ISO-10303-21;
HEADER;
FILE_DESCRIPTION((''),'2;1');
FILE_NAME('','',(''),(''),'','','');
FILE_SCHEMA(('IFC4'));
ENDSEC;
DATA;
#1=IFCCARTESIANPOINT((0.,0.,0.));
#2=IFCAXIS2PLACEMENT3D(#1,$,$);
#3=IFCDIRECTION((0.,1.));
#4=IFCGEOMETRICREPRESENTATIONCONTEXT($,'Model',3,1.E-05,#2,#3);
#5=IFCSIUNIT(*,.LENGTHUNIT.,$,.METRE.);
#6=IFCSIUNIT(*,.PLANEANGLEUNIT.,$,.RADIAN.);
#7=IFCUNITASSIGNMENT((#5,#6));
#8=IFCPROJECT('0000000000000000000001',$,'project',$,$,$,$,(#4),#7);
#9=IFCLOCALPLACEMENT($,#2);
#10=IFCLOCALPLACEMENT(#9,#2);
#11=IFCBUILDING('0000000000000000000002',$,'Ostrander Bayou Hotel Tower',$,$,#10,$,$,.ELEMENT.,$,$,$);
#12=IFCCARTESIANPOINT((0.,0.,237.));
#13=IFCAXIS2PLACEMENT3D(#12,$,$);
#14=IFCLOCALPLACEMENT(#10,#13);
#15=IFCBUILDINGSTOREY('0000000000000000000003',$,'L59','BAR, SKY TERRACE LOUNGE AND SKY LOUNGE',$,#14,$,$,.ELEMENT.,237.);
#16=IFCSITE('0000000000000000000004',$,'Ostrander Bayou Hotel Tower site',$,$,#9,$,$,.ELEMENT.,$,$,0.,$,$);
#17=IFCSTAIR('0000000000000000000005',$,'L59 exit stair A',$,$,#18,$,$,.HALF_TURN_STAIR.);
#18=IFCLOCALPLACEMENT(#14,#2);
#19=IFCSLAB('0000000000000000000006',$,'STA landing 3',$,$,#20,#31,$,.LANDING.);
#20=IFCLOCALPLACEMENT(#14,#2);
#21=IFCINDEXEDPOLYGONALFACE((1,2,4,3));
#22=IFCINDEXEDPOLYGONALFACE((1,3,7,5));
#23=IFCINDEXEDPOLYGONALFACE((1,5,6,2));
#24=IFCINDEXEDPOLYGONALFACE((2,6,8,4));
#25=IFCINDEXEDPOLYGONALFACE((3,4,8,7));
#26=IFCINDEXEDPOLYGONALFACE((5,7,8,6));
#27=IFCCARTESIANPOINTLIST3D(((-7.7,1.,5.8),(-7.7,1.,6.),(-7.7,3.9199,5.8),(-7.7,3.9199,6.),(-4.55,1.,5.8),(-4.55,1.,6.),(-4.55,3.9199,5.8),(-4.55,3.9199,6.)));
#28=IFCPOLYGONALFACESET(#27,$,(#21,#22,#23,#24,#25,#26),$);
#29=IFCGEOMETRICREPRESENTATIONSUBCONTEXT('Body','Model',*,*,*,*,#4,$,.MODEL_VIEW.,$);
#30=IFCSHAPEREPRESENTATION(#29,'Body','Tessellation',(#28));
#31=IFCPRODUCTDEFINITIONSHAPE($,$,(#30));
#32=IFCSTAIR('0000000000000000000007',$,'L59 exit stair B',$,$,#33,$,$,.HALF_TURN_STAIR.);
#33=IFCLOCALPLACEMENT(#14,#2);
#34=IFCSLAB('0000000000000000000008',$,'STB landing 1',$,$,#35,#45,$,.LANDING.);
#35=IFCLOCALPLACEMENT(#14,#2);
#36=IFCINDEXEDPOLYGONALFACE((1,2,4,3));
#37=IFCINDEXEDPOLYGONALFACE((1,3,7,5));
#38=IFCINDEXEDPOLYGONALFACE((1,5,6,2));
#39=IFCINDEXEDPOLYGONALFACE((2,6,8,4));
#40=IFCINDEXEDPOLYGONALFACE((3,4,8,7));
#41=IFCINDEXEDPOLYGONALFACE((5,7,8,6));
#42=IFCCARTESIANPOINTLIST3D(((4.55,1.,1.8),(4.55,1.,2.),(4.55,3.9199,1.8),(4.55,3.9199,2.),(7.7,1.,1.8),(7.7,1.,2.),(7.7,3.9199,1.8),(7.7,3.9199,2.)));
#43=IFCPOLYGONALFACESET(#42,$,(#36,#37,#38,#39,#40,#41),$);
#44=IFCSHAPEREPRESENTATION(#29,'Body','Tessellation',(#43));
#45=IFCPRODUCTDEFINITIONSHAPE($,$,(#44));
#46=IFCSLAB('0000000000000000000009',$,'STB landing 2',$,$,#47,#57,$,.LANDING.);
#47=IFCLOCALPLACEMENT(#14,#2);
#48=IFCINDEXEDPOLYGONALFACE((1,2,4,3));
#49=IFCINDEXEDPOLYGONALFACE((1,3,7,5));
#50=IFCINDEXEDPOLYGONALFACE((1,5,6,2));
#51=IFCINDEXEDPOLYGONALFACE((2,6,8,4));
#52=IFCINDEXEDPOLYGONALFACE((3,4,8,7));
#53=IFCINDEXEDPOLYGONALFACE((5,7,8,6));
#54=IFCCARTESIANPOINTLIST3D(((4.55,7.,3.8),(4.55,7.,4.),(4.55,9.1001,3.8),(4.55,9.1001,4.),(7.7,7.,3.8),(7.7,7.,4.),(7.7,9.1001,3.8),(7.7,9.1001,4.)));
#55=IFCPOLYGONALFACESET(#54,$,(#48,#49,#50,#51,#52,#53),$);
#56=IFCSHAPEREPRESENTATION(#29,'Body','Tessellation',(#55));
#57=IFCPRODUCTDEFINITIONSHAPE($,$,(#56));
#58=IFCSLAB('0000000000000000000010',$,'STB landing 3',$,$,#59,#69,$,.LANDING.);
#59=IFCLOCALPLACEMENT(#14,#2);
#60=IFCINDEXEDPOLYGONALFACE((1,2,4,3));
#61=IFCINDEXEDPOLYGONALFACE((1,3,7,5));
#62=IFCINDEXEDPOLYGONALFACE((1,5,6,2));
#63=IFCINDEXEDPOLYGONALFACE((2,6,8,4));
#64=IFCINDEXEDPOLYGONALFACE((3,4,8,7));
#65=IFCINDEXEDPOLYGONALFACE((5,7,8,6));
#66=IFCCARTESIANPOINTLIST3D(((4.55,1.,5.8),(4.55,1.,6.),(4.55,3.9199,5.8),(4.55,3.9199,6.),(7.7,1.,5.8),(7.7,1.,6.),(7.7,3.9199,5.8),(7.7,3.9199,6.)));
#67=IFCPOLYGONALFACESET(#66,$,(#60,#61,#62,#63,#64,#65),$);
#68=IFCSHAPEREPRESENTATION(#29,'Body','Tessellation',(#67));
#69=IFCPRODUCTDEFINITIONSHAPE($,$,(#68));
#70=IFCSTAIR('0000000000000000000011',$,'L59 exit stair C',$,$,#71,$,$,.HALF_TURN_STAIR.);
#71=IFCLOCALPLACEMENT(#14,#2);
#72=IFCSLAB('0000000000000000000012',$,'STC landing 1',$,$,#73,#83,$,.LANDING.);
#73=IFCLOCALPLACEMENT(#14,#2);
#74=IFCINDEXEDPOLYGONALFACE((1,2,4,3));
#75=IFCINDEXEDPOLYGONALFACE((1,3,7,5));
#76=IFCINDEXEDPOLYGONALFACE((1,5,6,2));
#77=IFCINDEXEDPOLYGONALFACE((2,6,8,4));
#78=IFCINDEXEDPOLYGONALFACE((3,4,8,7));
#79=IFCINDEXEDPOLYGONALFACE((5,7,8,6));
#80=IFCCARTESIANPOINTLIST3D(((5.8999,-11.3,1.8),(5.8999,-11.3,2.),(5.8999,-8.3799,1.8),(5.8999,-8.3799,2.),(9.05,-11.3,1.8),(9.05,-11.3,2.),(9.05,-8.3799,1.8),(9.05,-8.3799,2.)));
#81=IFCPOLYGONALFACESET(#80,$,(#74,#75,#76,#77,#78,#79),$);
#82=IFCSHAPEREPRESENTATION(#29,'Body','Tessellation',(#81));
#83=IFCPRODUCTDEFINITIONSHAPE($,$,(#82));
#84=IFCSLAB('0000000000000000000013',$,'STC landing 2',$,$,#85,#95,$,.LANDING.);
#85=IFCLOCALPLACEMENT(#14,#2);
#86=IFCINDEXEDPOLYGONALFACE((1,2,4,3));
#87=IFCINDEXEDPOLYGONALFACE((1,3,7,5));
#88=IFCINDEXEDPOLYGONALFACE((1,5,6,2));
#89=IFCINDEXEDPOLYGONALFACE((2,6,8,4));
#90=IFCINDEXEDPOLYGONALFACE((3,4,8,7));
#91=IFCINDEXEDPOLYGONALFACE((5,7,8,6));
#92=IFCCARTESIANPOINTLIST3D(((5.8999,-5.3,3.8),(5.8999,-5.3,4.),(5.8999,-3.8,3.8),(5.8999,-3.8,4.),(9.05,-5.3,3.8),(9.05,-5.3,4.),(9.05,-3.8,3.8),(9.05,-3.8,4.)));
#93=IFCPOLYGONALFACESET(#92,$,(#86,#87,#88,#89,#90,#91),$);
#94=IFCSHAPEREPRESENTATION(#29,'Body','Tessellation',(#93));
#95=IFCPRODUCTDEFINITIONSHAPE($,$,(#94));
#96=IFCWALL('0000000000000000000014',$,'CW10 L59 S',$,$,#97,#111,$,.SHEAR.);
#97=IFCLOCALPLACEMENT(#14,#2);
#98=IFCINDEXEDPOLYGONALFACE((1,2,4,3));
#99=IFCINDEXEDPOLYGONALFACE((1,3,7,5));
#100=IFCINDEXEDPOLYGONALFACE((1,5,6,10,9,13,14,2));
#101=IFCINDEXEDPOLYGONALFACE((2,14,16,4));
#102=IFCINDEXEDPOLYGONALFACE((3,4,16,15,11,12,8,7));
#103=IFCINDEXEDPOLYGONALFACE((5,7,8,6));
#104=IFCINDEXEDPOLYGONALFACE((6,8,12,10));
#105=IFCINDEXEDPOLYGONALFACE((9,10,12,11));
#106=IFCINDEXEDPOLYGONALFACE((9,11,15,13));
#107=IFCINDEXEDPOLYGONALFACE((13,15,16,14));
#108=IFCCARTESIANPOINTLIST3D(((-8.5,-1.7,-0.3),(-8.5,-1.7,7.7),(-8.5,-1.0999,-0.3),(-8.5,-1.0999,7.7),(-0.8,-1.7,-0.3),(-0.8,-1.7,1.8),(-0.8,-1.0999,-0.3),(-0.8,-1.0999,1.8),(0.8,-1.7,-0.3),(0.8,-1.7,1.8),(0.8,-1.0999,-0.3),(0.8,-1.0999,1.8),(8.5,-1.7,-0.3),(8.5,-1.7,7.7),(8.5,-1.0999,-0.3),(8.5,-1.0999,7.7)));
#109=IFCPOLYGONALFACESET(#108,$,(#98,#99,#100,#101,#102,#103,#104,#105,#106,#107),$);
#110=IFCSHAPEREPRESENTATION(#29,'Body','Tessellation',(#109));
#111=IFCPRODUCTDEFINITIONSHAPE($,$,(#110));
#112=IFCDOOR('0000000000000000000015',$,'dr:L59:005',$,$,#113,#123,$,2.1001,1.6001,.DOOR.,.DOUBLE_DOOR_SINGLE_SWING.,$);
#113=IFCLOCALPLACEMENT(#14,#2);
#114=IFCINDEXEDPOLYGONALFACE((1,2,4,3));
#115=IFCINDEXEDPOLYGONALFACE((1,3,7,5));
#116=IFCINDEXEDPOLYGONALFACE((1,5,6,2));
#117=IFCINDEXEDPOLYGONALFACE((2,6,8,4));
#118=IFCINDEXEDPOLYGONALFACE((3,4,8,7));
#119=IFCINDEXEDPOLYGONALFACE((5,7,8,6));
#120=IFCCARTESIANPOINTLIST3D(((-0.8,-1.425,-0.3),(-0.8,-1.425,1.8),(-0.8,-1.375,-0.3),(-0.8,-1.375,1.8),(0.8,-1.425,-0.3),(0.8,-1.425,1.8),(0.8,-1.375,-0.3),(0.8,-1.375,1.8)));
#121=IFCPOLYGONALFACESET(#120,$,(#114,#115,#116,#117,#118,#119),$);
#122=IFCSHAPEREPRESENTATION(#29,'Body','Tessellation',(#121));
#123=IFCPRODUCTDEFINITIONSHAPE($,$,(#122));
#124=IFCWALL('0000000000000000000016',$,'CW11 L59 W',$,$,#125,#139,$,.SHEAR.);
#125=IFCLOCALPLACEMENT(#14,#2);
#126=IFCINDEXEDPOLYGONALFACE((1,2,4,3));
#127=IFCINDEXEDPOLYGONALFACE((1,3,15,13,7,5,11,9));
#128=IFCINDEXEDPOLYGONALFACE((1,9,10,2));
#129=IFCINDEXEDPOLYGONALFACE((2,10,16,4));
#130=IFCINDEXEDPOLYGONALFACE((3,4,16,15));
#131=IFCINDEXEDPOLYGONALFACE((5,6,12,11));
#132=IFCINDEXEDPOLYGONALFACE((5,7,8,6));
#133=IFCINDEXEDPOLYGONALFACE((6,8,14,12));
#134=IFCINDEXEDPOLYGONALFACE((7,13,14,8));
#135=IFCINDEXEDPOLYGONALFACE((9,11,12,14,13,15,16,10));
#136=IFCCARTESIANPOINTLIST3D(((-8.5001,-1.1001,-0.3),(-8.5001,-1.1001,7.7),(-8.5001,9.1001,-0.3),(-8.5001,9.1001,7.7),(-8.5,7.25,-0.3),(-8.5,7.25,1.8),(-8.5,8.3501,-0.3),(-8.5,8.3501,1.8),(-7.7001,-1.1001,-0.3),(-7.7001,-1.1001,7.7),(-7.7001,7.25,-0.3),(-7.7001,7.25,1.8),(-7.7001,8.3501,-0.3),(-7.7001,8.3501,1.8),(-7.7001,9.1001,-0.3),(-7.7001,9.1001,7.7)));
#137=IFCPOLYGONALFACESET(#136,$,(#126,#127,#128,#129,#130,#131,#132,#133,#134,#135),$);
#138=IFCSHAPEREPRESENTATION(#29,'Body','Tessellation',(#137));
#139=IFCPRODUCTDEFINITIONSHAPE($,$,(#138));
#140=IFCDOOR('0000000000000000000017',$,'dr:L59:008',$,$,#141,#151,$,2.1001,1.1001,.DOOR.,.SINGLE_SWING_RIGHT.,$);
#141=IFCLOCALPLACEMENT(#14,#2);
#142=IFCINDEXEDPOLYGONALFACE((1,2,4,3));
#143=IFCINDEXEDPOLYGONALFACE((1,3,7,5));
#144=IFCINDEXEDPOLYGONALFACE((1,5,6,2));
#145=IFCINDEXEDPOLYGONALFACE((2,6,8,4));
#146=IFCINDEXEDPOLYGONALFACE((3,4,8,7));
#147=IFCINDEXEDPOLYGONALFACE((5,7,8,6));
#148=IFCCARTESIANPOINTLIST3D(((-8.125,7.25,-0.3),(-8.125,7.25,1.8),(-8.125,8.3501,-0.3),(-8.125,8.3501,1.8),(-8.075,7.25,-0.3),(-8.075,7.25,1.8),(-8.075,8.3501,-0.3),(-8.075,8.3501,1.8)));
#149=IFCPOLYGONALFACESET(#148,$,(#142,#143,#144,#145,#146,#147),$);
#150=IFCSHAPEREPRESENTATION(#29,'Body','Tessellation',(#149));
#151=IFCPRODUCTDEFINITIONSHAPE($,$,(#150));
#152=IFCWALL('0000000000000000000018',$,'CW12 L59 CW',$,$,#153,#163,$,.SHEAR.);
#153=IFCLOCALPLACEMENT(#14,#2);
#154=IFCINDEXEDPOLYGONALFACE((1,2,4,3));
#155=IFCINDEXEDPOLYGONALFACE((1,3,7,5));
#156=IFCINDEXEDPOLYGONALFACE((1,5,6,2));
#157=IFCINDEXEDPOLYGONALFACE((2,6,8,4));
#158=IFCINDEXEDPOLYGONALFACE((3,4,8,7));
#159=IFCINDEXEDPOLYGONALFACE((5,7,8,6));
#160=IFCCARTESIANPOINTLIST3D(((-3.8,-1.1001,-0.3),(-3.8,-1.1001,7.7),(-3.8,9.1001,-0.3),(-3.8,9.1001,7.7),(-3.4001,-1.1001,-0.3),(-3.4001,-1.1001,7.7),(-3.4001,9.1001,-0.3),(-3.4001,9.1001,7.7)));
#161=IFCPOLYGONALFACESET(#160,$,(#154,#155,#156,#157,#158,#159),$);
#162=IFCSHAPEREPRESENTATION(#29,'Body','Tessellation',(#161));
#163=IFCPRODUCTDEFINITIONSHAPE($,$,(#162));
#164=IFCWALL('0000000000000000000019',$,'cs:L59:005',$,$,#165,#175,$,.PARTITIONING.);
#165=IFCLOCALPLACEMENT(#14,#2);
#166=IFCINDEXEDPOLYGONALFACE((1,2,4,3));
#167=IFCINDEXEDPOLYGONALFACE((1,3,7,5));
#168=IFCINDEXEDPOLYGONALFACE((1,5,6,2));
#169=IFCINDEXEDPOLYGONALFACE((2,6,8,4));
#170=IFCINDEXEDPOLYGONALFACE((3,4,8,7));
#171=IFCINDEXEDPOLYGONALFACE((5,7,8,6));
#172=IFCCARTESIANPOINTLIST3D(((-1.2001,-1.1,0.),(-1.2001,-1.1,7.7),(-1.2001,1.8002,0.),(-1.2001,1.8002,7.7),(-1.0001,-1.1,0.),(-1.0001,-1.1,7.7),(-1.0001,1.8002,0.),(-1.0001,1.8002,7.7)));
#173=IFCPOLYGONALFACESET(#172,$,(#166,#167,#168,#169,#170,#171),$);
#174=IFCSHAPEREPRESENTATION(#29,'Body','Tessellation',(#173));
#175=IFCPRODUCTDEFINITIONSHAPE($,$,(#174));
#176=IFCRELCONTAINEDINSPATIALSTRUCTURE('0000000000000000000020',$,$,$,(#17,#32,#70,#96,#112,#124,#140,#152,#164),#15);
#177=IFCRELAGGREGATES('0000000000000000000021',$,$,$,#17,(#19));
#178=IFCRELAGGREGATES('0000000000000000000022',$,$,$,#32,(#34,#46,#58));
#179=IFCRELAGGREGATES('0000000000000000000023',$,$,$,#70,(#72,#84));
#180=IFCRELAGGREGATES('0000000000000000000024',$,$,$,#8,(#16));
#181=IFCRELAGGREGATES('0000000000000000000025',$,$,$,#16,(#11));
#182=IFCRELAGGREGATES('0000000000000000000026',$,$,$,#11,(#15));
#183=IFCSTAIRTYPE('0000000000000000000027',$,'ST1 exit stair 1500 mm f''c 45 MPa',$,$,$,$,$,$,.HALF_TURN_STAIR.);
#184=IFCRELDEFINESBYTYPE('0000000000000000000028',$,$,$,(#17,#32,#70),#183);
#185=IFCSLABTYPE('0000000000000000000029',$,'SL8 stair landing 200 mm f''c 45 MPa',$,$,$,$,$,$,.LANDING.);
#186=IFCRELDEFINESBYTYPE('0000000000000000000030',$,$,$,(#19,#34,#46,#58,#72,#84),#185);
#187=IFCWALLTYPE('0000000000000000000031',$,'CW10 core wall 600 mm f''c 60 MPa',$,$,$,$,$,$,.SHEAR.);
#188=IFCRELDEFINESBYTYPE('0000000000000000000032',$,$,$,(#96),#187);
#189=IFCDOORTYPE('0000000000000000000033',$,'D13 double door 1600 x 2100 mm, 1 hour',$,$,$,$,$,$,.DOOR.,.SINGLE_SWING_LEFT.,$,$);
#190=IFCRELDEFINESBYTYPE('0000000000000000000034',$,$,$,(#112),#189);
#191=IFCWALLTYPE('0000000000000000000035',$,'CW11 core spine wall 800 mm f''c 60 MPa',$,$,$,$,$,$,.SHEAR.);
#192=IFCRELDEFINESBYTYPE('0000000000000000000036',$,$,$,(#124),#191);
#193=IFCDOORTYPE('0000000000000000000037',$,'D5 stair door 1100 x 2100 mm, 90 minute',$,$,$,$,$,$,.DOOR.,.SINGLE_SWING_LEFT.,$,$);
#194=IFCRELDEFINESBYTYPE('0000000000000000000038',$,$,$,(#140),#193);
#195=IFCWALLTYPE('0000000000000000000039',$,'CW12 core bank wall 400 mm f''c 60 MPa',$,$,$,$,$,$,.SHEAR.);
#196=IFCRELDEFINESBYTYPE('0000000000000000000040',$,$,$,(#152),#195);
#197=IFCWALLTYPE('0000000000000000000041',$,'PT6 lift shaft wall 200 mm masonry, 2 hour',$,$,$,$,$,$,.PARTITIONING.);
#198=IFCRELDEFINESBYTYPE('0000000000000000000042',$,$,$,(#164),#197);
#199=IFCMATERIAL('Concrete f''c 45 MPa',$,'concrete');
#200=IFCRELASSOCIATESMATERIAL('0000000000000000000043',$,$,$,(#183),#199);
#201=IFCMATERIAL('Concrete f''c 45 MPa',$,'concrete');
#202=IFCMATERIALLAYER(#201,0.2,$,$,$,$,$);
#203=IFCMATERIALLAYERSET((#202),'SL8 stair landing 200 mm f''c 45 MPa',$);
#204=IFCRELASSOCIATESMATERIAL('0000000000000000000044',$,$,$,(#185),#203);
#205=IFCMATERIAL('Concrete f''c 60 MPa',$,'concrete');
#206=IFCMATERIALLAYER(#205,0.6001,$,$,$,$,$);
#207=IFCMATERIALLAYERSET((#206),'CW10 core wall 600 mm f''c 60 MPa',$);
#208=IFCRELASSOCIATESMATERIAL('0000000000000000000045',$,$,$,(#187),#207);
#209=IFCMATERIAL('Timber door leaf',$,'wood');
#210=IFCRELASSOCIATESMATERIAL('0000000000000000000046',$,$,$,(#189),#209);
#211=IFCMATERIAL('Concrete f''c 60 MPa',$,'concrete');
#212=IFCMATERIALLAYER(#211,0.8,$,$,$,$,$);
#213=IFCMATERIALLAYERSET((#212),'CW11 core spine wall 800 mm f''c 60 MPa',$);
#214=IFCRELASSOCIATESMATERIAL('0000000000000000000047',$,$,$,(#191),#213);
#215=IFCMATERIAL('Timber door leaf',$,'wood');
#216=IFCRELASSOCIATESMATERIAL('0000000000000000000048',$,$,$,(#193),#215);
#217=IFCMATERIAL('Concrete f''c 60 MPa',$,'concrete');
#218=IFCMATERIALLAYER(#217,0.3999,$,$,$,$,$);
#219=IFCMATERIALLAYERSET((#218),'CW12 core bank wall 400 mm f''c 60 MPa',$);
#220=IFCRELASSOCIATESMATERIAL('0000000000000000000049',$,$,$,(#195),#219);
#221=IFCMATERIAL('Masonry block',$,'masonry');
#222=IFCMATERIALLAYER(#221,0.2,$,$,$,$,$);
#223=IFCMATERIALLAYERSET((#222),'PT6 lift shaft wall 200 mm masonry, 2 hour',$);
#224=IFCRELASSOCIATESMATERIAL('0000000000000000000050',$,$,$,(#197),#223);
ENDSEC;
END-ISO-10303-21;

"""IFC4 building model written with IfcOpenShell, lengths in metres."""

from ifc_helpers import new_model, si_unit, direction, frame, frame_2d, origin, place, context, subcontext, project, spatial, polyline, rectangle, outline, extrude, material, layer, layer_set, type_object, element, fill, aggregate, save


model = new_model("IFC4")

# Units and contexts
model_context = context("Model", 3, precision=1e-05, world=origin(), true_north=direction((0.0, 1.0)))
body_context = subcontext(model_context, "Body", "Model", "MODEL_VIEW")
ifc_project = project(units=[si_unit("LENGTHUNIT", "METRE"), si_unit("PLANEANGLEUNIT", "RADIAN")], contexts=[model_context])

# Site, building, storey
site_placement = place(None, origin())
site = spatial("IfcSite", under=ifc_project, at=site_placement, Name="Ostrander Bayou Hotel Tower site", CompositionType="ELEMENT", RefElevation=0.0)
building_placement = place(site_placement, origin())
building = spatial("IfcBuilding", under=site, at=building_placement, Name="Ostrander Bayou Hotel Tower", CompositionType="ELEMENT")
storey_placement = place(building_placement, frame((0.0, 0.0, 237.0)))
storey = spatial("IfcBuildingStorey", under=building, at=storey_placement, Name="L59", Description="BAR, SKY TERRACE LOUNGE AND SKY LOUNGE", CompositionType="ELEMENT", Elevation=237.0)

# Stairs, slabs
ifc_material_1 = material(Name="Concrete f'c 45 MPa", Category="concrete")
stair_type = type_object("IfcStairType", Name="ST1 exit stair 1500 mm f'c 45 MPa", PredefinedType="HALF_TURN_STAIR", material=ifc_material_1)
stair_1_placement = place(storey_placement, origin())
stair_1 = element("IfcStair", 1, at=stair_1_placement, inside=storey, type_object=stair_type, Name="L59 exit stair A", PredefinedType="HALF_TURN_STAIR")
ifc_material_2 = material(Name="Concrete f'c 45 MPa", Category="concrete")
ifc_layer_1 = layer(ifc_material_2, 0.2)
ifc_layer_set_1 = layer_set([ifc_layer_1], Name="SL8 stair landing 200 mm f'c 45 MPa")
slab_type_1 = type_object("IfcSlabType", Name="SL8 stair landing 200 mm f'c 45 MPa", PredefinedType="LANDING", material=ifc_layer_set_1)
slab_1_placement = place(storey_placement, frame((0.0, 0.0, 5.8)))
slab_1 = element("IfcSlab", 2, at=slab_1_placement, type_object=slab_type_1, Name="STA landing 3", PredefinedType="LANDING", context=body_context, shape_type="SweptSolid", body=[
    extrude(outline(polyline([(-7.7, 3.9199), (-7.7, 1.0), (-4.55, 1.0), (-4.55, 3.9199), (-7.7, 3.9199)])), origin(), (0.0, 0.0, 1.0), 0.2),
])
aggregate(stair_1, [slab_1])
stair_2_placement = place(storey_placement, origin())
stair_2 = element("IfcStair", 3, at=stair_2_placement, inside=storey, type_object=stair_type, Name="L59 exit stair B", PredefinedType="HALF_TURN_STAIR")
slab_2_placement = place(storey_placement, frame((0.0, 0.0, 1.8)))
slab_2 = element("IfcSlab", 4, at=slab_2_placement, type_object=slab_type_1, Name="STB landing 1", PredefinedType="LANDING", context=body_context, shape_type="SweptSolid", body=[
    extrude(outline(polyline([(4.55, 3.9199), (4.55, 1.0), (7.7, 1.0), (7.7, 3.9199), (4.55, 3.9199)])), origin(), (0.0, 0.0, 1.0), 0.2),
])
slab_3_placement = place(storey_placement, frame((0.0, 0.0, 3.8)))
slab_3 = element("IfcSlab", 5, at=slab_3_placement, type_object=slab_type_1, Name="STB landing 2", PredefinedType="LANDING", context=body_context, shape_type="SweptSolid", body=[
    extrude(outline(polyline([(4.55, 9.1001), (4.55, 7.0), (7.7, 7.0), (7.7, 9.1001), (4.55, 9.1001)])), origin(), (0.0, 0.0, 1.0), 0.2),
])
slab_4_placement = place(storey_placement, frame((0.0, 0.0, 5.8)))
slab_4 = element("IfcSlab", 6, at=slab_4_placement, type_object=slab_type_1, Name="STB landing 3", PredefinedType="LANDING", context=body_context, shape_type="SweptSolid", body=[
    extrude(outline(polyline([(4.55, 3.9199), (4.55, 1.0), (7.7, 1.0), (7.7, 3.9199), (4.55, 3.9199)])), origin(), (0.0, 0.0, 1.0), 0.2),
])
aggregate(stair_2, [slab_2, slab_3, slab_4])
stair_3_placement = place(storey_placement, origin())
stair_3 = element("IfcStair", 7, at=stair_3_placement, inside=storey, type_object=stair_type, Name="L59 exit stair C", PredefinedType="HALF_TURN_STAIR")
slab_5_placement = place(storey_placement, frame((0.0, 0.0, 1.8)))
slab_5 = element("IfcSlab", 8, at=slab_5_placement, type_object=slab_type_1, Name="STC landing 1", PredefinedType="LANDING", context=body_context, shape_type="SweptSolid", body=[
    extrude(outline(polyline([(5.8999, -8.3799), (5.8999, -11.3), (9.05, -11.3), (9.05, -8.3799), (5.8999, -8.3799)])), origin(), (0.0, 0.0, 1.0), 0.2),
])
slab_6_placement = place(storey_placement, frame((0.0, 0.0, 3.8)))
slab_6 = element("IfcSlab", 9, at=slab_6_placement, type_object=slab_type_1, Name="STC landing 2", PredefinedType="LANDING", context=body_context, shape_type="SweptSolid", body=[
    extrude(outline(polyline([(5.8999, -3.8), (5.8999, -5.3), (9.05, -5.3), (9.05, -3.8), (5.8999, -3.8)])), origin(), (0.0, 0.0, 1.0), 0.2),
])
aggregate(stair_3, [slab_5, slab_6])

# Walls, openings, doors
ifc_material_3 = material(Name="Concrete f'c 60 MPa", Category="concrete")
ifc_layer_2 = layer(ifc_material_3, 0.6001)
ifc_layer_set_2 = layer_set([ifc_layer_2], Name="CW10 core wall 600 mm f'c 60 MPa")
wall_type_1 = type_object("IfcWallType", Name="CW10 core wall 600 mm f'c 60 MPa", PredefinedType="SHEAR", material=ifc_layer_set_2)
wall_1_placement = place(storey_placement, frame((-8.5, -1.3999, -0.3), z_axis=(0.0, 0.0, 1.0), x_axis=(1.0, 0.0, 0.0)))
wall_1 = element("IfcWall", 10, at=wall_1_placement, inside=storey, type_object=wall_type_1, Name="CW10 L59 S", PredefinedType="SHEAR", context=body_context, shape_type="SweptSolid", body=[
    extrude(rectangle(XDim=17.0, YDim=0.6001, at=frame_2d((8.5, 0.0))), origin(), (0.0, 0.0, 1.0), 8.0),
])
opening_1_placement = place(wall_1_placement, frame((7.7, 0.0, 0.0)))
opening_1 = element("IfcOpeningElement", 11, at=opening_1_placement, cuts=wall_1, PredefinedType="OPENING", context=body_context, shape_type="SweptSolid", body=[
    extrude(rectangle(XDim=1.6001, YDim=2.1001, at=frame_2d((0.8, 1.05))), frame((0.0, 0.3, 0.0), z_axis=(0.0, -1.0, 0.0), x_axis=(1.0, 0.0, 0.0)), (0.0, 0.0, 1.0), 0.6001),
])
ifc_material_4 = material(Name="Timber door leaf", Category="wood")
door_type_1 = type_object("IfcDoorType", Name="D13 double door 1600 x 2100 mm, 1 hour", OperationType="SINGLE_SWING_LEFT", PredefinedType="DOOR", material=ifc_material_4)
door_1_placement = place(opening_1_placement, origin())
door_1 = element("IfcDoor", 12, at=door_1_placement, inside=storey, type_object=door_type_1, Name="dr:L59:005", OperationType="DOUBLE_DOOR_SINGLE_SWING", OverallHeight=2.1001, OverallWidth=1.6001, PredefinedType="DOOR", context=body_context, shape_type="SweptSolid", body=[
    extrude(rectangle(XDim=1.6001, YDim=2.1001, at=frame_2d((0.8, 1.05))), frame((0.0, 0.0249, 0.0), z_axis=(0.0, -1.0, 0.0), x_axis=(1.0, 0.0, 0.0)), (0.0, 0.0, 1.0), 0.05),
])
fill(opening_1, door_1)
ifc_material_5 = material(Name="Concrete f'c 60 MPa", Category="concrete")
ifc_layer_3 = layer(ifc_material_5, 0.8)
ifc_layer_set_3 = layer_set([ifc_layer_3], Name="CW11 core spine wall 800 mm f'c 60 MPa")
wall_type_2 = type_object("IfcWallType", Name="CW11 core spine wall 800 mm f'c 60 MPa", PredefinedType="SHEAR", material=ifc_layer_set_3)
wall_2_placement = place(storey_placement, frame((-8.1001, -1.1001, -0.3), z_axis=(0.0, 0.0, 1.0), x_axis=(0.0, 1.0, 0.0)))
wall_2 = element("IfcWall", 13, at=wall_2_placement, inside=storey, type_object=wall_type_2, Name="CW11 L59 W", PredefinedType="SHEAR", context=body_context, shape_type="SweptSolid", body=[
    extrude(rectangle(XDim=10.2002, YDim=0.8, at=frame_2d((5.1001, 0.0))), origin(), (0.0, 0.0, 1.0), 8.0),
])
opening_2_placement = place(wall_2_placement, frame((8.3501, 0.0, 0.0)))
opening_2 = element("IfcOpeningElement", 14, at=opening_2_placement, cuts=wall_2, PredefinedType="OPENING", context=body_context, shape_type="SweptSolid", body=[
    extrude(rectangle(XDim=1.1001, YDim=2.1001, at=frame_2d((0.55, 1.05))), frame((0.0, 0.3999, 0.0), z_axis=(0.0, -1.0, 0.0), x_axis=(1.0, 0.0, 0.0)), (0.0, 0.0, 1.0), 0.8),
])
ifc_material_6 = material(Name="Timber door leaf", Category="wood")
door_type_2 = type_object("IfcDoorType", Name="D5 stair door 1100 x 2100 mm, 90 minute", OperationType="SINGLE_SWING_LEFT", PredefinedType="DOOR", material=ifc_material_6)
door_2_placement = place(opening_2_placement, origin())
door_2 = element("IfcDoor", 15, at=door_2_placement, inside=storey, type_object=door_type_2, Name="dr:L59:008", OperationType="SINGLE_SWING_RIGHT", OverallHeight=2.1001, OverallWidth=1.1001, PredefinedType="DOOR", context=body_context, shape_type="SweptSolid", body=[
    extrude(rectangle(XDim=1.1001, YDim=2.1001, at=frame_2d((0.55, 1.05))), frame((0.0, 0.0249, 0.0), z_axis=(0.0, -1.0, 0.0), x_axis=(1.0, 0.0, 0.0)), (0.0, 0.0, 1.0), 0.05),
])
fill(opening_2, door_2)

# Wall
ifc_material_7 = material(Name="Concrete f'c 60 MPa", Category="concrete")
ifc_layer_4 = layer(ifc_material_7, 0.3999)
ifc_layer_set_4 = layer_set([ifc_layer_4], Name="CW12 core bank wall 400 mm f'c 60 MPa")
wall_type_3 = type_object("IfcWallType", Name="CW12 core bank wall 400 mm f'c 60 MPa", PredefinedType="SHEAR", material=ifc_layer_set_4)
wall_3_placement = place(storey_placement, frame((-3.6001, -1.1001, -0.3), z_axis=(0.0, 0.0, 1.0), x_axis=(0.0, 1.0, 0.0)))
element("IfcWall", 16, at=wall_3_placement, inside=storey, type_object=wall_type_3, Name="CW12 L59 CW", PredefinedType="SHEAR", context=body_context, shape_type="SweptSolid", body=[
    extrude(rectangle(XDim=10.2002, YDim=0.3999, at=frame_2d((5.1001, 0.0))), origin(), (0.0, 0.0, 1.0), 8.0),
])

# Wall
ifc_material_8 = material(Name="Masonry block", Category="masonry")
ifc_layer_5 = layer(ifc_material_8, 0.2)
ifc_layer_set_5 = layer_set([ifc_layer_5], Name="PT6 lift shaft wall 200 mm masonry, 2 hour")
wall_type_4 = type_object("IfcWallType", Name="PT6 lift shaft wall 200 mm masonry, 2 hour", PredefinedType="PARTITIONING", material=ifc_layer_set_5)
wall_4_placement = place(storey_placement, frame((-1.1001, -1.1001, 0.0), z_axis=(0.0, 0.0, 1.0), x_axis=(0.0, 1.0, 0.0)))
element("IfcWall", 17, at=wall_4_placement, inside=storey, type_object=wall_type_4, Name="cs:L59:005", PredefinedType="PARTITIONING", context=body_context, shape_type="SweptSolid", body=[
    extrude(rectangle(XDim=2.9001, YDim=0.2, at=frame_2d((1.4502, 0.0))), origin(), (0.0, 0.0, 1.0), 7.7),
])

save(model, "model.ifc")
